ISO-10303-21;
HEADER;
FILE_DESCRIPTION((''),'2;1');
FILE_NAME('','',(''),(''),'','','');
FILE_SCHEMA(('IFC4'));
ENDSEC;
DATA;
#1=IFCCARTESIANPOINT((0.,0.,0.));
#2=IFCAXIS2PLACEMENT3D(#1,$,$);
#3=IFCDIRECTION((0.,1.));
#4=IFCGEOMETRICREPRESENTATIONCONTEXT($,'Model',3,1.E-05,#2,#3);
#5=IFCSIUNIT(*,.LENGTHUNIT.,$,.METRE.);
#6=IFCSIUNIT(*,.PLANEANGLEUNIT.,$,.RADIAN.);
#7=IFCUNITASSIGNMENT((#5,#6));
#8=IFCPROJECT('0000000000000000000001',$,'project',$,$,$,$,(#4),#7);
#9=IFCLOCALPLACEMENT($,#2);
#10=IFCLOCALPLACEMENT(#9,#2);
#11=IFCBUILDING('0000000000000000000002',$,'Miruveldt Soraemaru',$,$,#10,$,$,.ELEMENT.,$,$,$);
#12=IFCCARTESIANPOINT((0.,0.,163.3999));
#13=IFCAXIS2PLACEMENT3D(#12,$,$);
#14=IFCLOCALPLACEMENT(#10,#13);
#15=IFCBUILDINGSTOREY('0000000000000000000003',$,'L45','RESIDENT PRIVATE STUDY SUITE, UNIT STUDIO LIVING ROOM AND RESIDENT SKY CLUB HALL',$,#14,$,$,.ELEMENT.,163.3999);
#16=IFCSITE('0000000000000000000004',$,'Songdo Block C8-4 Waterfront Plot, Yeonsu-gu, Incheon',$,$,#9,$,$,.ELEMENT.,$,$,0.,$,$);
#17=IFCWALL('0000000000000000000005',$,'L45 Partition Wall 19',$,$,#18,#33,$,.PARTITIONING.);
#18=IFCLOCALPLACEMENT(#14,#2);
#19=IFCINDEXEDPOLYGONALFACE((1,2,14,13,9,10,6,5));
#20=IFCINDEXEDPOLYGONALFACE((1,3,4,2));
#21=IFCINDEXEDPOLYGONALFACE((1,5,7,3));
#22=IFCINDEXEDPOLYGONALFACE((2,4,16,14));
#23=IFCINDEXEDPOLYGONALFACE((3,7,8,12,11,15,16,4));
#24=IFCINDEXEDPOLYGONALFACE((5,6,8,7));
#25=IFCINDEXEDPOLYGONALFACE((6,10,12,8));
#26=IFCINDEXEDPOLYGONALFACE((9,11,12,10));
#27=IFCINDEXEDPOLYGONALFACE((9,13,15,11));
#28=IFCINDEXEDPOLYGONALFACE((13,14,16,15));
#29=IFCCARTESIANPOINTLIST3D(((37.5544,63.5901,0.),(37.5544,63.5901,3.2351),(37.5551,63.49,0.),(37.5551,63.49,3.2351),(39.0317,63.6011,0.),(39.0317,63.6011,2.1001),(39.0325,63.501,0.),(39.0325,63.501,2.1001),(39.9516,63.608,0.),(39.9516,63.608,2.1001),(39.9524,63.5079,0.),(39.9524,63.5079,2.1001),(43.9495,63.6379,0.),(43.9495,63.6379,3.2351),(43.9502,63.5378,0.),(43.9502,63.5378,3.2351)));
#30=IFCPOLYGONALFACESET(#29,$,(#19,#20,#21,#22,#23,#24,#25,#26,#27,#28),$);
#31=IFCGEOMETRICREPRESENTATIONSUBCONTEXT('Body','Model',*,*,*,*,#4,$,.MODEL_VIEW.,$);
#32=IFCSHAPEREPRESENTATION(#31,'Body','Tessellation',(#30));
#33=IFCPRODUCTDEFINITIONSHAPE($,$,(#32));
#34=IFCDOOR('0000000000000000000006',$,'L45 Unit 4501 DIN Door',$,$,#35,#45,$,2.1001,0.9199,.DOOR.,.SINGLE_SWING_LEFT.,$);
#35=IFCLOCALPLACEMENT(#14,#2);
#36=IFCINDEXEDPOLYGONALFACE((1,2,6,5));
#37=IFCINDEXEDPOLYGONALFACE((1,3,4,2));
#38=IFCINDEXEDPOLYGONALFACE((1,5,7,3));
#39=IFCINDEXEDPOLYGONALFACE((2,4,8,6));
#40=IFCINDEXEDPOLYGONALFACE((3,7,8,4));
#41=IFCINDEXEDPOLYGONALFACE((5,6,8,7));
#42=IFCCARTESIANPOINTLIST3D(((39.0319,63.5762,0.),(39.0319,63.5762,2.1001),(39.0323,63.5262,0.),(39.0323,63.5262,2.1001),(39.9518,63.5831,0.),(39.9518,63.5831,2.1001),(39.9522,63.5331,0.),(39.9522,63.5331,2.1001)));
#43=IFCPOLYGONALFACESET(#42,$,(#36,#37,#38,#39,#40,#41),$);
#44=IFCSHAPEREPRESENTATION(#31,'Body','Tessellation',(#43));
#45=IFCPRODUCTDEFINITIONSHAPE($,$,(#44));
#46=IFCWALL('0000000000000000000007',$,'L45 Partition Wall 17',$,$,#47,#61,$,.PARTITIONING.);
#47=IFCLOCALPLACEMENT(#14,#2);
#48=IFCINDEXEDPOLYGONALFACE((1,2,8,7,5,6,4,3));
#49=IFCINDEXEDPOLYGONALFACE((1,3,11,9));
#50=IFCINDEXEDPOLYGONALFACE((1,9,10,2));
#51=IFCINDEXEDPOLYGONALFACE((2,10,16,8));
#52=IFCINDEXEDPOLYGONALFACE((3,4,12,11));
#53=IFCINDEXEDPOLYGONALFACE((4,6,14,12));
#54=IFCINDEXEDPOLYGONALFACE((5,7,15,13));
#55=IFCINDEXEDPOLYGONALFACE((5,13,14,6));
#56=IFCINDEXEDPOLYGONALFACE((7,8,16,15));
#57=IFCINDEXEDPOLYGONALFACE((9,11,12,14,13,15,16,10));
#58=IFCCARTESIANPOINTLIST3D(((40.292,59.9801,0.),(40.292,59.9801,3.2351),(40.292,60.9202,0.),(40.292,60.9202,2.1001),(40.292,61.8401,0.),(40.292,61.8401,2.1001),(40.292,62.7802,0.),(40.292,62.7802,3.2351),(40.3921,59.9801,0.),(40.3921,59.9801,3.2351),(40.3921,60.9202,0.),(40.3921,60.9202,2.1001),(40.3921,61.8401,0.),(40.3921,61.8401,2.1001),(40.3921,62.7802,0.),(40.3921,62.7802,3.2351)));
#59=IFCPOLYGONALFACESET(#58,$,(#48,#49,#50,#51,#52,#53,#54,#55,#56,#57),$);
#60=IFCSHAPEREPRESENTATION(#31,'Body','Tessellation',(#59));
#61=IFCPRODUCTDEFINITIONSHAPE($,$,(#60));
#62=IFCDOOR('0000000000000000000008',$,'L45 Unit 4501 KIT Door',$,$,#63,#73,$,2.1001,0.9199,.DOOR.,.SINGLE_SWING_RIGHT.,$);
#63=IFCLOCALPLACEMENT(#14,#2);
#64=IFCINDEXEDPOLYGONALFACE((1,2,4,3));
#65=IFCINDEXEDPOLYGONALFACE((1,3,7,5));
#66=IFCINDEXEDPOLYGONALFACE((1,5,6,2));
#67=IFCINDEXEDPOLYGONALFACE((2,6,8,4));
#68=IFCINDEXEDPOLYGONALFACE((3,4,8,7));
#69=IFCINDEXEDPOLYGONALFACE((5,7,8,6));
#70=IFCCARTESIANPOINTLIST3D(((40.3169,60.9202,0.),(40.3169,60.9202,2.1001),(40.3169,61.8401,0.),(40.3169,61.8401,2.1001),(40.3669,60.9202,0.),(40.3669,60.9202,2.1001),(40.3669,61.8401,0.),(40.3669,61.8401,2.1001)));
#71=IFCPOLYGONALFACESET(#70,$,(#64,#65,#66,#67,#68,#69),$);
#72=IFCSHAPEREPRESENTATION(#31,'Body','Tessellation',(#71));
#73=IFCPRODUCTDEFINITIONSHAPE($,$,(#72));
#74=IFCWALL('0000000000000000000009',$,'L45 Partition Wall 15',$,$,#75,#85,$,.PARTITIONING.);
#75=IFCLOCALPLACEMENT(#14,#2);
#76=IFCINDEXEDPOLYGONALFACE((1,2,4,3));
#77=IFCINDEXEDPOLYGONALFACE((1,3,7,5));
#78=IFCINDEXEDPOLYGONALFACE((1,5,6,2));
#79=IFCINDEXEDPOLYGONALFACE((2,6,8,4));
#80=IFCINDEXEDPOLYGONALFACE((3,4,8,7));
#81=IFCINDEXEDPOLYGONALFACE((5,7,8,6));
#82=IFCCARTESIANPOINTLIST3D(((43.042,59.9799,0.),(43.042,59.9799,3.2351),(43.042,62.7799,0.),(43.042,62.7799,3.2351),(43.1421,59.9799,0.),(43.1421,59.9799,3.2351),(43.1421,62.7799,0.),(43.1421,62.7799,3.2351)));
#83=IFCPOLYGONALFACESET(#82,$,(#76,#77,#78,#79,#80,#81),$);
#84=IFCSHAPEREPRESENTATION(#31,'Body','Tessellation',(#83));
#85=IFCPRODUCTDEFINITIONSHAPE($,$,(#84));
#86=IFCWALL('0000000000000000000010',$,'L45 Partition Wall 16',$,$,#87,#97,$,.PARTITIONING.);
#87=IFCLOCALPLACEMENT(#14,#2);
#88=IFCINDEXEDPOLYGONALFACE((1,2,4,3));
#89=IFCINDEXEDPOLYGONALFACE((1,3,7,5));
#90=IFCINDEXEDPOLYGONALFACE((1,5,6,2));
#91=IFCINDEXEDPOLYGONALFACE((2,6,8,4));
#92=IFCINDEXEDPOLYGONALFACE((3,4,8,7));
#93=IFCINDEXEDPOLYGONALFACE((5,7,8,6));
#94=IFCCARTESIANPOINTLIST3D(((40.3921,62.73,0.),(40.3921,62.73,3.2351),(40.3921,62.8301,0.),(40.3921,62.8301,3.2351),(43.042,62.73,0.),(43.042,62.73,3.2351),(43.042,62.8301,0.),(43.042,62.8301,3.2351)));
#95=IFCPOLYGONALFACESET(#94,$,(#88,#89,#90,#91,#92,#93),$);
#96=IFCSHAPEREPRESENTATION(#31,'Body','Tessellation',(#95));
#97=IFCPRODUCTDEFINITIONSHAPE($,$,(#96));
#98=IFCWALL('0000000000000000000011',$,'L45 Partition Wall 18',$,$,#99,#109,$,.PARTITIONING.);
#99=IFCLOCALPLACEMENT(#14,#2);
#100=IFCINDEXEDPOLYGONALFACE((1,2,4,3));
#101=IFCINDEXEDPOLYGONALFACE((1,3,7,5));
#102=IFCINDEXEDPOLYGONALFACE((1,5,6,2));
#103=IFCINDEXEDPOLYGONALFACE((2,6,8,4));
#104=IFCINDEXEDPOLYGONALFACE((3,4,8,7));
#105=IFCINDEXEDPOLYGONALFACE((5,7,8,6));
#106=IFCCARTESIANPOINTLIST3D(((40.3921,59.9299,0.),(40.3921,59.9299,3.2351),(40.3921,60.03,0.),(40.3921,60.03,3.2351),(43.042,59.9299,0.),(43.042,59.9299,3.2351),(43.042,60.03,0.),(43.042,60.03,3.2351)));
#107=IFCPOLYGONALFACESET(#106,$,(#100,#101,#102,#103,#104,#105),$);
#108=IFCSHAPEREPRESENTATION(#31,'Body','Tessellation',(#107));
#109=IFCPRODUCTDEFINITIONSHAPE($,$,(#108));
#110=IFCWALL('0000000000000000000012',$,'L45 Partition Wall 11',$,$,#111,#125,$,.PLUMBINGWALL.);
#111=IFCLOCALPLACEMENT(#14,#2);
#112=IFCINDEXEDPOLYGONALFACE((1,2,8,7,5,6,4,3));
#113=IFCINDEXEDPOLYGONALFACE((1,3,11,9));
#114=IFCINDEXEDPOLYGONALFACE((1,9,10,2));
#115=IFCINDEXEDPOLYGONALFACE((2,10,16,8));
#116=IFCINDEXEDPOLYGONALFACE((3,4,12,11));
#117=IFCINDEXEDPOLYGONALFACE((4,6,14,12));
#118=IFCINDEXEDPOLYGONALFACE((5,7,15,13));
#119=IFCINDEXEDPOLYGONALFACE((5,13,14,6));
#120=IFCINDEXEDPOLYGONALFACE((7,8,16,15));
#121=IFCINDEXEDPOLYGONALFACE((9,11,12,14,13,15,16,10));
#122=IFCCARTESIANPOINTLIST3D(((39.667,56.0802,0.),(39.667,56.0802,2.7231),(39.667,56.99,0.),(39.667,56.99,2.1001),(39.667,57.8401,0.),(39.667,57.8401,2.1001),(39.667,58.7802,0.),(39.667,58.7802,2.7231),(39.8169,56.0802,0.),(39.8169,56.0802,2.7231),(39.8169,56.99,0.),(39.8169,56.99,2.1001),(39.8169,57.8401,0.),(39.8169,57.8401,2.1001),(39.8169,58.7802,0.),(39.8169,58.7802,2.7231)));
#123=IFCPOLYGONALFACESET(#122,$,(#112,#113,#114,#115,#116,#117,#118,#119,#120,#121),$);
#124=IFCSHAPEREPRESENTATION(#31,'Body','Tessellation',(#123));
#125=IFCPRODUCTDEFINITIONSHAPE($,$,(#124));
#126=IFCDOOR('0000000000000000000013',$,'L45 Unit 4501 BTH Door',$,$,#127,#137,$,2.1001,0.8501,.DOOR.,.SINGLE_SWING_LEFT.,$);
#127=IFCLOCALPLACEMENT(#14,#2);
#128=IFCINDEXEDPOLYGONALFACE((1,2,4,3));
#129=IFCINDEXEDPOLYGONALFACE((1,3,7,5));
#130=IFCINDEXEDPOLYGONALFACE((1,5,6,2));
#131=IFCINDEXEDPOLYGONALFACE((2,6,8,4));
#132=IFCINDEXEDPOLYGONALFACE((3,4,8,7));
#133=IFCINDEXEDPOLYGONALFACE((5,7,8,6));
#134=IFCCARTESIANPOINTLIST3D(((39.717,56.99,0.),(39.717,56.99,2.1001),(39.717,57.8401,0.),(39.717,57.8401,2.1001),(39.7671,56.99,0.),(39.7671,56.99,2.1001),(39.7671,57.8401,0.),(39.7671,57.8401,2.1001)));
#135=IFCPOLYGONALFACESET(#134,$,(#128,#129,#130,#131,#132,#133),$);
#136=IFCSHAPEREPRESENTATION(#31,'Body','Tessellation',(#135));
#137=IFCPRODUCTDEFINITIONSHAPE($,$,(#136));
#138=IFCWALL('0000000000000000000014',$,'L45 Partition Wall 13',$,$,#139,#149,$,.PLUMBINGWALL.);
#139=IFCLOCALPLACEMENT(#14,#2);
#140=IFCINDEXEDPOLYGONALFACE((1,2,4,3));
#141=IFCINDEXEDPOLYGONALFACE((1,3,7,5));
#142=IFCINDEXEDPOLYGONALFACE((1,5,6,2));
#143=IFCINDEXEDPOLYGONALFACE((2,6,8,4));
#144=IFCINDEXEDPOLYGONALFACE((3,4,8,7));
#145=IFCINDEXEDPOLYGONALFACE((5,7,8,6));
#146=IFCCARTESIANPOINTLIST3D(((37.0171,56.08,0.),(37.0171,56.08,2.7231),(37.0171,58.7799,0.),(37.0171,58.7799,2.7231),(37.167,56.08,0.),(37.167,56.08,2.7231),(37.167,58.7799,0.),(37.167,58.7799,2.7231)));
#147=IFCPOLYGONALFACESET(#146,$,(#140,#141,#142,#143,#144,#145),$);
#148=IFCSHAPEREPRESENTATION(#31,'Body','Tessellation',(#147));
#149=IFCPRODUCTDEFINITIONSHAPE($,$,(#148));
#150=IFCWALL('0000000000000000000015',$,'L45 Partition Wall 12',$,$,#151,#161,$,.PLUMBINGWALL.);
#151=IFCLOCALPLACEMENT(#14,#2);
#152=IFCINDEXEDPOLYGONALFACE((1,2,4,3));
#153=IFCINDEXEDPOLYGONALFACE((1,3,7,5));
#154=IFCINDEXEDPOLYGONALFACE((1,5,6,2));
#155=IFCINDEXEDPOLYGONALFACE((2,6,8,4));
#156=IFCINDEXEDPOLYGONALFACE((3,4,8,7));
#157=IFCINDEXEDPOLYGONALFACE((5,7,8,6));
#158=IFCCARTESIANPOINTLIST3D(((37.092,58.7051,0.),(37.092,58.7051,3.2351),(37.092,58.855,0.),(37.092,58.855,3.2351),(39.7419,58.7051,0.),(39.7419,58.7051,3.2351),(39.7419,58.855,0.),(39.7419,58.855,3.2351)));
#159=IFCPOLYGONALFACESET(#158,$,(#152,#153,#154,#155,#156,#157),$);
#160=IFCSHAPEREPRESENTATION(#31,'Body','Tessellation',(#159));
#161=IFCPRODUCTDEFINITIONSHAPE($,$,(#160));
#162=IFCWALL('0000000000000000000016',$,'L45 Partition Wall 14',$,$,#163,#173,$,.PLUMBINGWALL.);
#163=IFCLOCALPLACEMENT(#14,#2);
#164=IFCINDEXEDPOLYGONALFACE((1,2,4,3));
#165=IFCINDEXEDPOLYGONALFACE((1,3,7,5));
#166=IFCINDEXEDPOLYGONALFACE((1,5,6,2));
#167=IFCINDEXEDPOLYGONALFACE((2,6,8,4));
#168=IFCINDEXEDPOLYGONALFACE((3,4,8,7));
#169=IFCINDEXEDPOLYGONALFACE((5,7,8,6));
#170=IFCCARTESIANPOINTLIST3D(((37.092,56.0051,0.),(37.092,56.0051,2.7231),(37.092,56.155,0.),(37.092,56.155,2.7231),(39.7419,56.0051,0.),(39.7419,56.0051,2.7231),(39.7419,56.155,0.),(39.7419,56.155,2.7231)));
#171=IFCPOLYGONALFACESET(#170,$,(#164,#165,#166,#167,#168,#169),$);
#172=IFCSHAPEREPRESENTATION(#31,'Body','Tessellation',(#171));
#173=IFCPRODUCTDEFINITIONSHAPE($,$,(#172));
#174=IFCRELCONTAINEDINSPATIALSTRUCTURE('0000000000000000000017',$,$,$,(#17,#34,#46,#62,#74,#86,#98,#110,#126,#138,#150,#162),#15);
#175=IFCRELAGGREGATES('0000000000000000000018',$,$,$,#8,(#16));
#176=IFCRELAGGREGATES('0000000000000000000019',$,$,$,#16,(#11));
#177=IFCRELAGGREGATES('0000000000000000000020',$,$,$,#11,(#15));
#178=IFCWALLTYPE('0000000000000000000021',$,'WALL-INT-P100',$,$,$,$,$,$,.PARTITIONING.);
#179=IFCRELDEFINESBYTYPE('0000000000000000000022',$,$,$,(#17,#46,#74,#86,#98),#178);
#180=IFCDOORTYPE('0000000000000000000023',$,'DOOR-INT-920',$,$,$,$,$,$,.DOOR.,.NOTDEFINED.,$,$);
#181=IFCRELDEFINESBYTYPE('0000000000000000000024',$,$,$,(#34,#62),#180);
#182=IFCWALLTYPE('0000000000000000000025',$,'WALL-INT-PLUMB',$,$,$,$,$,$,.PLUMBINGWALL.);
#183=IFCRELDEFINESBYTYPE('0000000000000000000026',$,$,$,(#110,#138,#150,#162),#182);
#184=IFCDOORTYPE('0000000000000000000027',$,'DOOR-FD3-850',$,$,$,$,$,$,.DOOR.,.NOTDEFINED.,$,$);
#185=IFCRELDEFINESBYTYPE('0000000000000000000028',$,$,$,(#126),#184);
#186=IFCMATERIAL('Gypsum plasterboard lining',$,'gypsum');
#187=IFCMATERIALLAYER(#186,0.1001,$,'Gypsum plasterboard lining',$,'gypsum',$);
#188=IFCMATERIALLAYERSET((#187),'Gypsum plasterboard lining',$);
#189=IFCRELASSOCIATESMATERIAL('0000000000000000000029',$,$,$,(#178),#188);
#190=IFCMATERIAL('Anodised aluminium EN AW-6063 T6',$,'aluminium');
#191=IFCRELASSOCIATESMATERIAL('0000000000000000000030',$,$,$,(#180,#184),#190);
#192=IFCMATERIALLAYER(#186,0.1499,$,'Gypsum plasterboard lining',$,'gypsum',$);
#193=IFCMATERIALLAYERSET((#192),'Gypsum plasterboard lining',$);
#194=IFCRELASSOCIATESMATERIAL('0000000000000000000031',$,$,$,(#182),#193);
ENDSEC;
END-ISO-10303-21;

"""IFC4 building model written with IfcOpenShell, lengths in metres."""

from ifc_helpers import new_model, si_unit, direction, frame, frame_2d, origin, place, context, subcontext, project, spatial, rectangle, extrude, material, layer, layer_set, type_object, element, fill, save


model = new_model("IFC4")

# Units and contexts
model_context = context("Model", 3, precision=1e-05, world=origin(), true_north=direction((0.0, 1.0)))
body_context = subcontext(model_context, "Body", "Model", "MODEL_VIEW")
ifc_project = project(units=[si_unit("LENGTHUNIT", "METRE"), si_unit("PLANEANGLEUNIT", "RADIAN")], contexts=[model_context])

# Site, building, storey
site_placement = place(None, origin())
site = spatial("IfcSite", under=ifc_project, at=site_placement, Name="Songdo Block C8-4 Waterfront Plot, Yeonsu-gu, Incheon", CompositionType="ELEMENT", RefElevation=0.0)
building_placement = place(site_placement, origin())
building = spatial("IfcBuilding", under=site, at=building_placement, Name="Miruveldt Soraemaru", CompositionType="ELEMENT")
storey_placement = place(building_placement, frame((0.0, 0.0, 163.3999)))
storey = spatial("IfcBuildingStorey", under=building, at=storey_placement, Name="L45", Description="RESIDENT PRIVATE STUDY SUITE, UNIT STUDIO LIVING ROOM AND RESIDENT SKY CLUB HALL", CompositionType="ELEMENT", Elevation=163.3999)

# Walls, openings, doors
ifc_material_1 = material(Name="Gypsum plasterboard lining", Category="gypsum")
ifc_layer_1 = layer(ifc_material_1, 0.1001, Name="Gypsum plasterboard lining", Category="gypsum")
ifc_layer_set_1 = layer_set([ifc_layer_1], Name="Gypsum plasterboard lining")
wall_type_1 = type_object("IfcWallType", Name="WALL-INT-P100", PredefinedType="PARTITIONING", material=ifc_layer_set_1)
wall_1_placement = place(storey_placement, frame((43.95, 63.5879, 0.0), z_axis=(0.0, 0.0, 1.0), x_axis=(-0.999972, -0.007482, 0.0)))
wall_1 = element("IfcWall", 1, at=wall_1_placement, inside=storey, type_object=wall_type_1, Name="L45 Partition Wall 19", PredefinedType="PARTITIONING", context=body_context, shape_type="SweptSolid", body=[
    extrude(rectangle(XDim=6.3953, YDim=0.1001, at=frame_2d((3.1978, 0.0))), origin(), (0.0, 0.0, 1.0), 3.2351),
])
opening_1_placement = place(wall_1_placement, frame((3.998, 0.0, 0.0)))
opening_1 = element("IfcOpeningElement", 2, at=opening_1_placement, cuts=wall_1, PredefinedType="OPENING", context=body_context, shape_type="SweptSolid", body=[
    extrude(rectangle(XDim=0.9199, YDim=2.1001, at=frame_2d((0.46, 1.05))), frame((0.0, 0.0601, 0.0), z_axis=(0.0, -1.0, 0.0), x_axis=(1.0, 0.0, 0.0)), (0.0, 0.0, 1.0), 0.1201),
])
ifc_material_2 = material(Name="Anodised aluminium EN AW-6063 T6", Category="aluminium")
door_type_1 = type_object("IfcDoorType", Name="DOOR-INT-920", OperationType="NOTDEFINED", PredefinedType="DOOR", material=ifc_material_2)
door_1_placement = place(opening_1_placement, origin())
door_1 = element("IfcDoor", 3, at=door_1_placement, inside=storey, type_object=door_type_1, Name="L45 Unit 4501 DIN Door", OperationType="SINGLE_SWING_LEFT", OverallHeight=2.1001, OverallWidth=0.9199, PredefinedType="DOOR", context=body_context, shape_type="SweptSolid", body=[
    extrude(rectangle(XDim=0.9199, YDim=2.1001, at=frame_2d((0.46, 1.05))), frame((0.0, 0.0249, 0.0), z_axis=(0.0, -1.0, 0.0), x_axis=(1.0, 0.0, 0.0)), (0.0, 0.0, 1.0), 0.05),
])
fill(opening_1, door_1)
wall_2_placement = place(storey_placement, frame((40.342, 62.78, 0.0), z_axis=(0.0, 0.0, 1.0), x_axis=(0.0, -1.0, 0.0)))
wall_2 = element("IfcWall", 4, at=wall_2_placement, inside=storey, type_object=wall_type_1, Name="L45 Partition Wall 17", PredefinedType="PARTITIONING", context=body_context, shape_type="SweptSolid", body=[
    extrude(rectangle(XDim=2.8, YDim=0.1001, at=frame_2d((1.3999, 0.0))), origin(), (0.0, 0.0, 1.0), 3.2351),
])
opening_2_placement = place(wall_2_placement, frame((0.9399, 0.0, 0.0)))
opening_2 = element("IfcOpeningElement", 5, at=opening_2_placement, cuts=wall_2, PredefinedType="OPENING", context=body_context, shape_type="SweptSolid", body=[
    extrude(rectangle(XDim=0.9199, YDim=2.1001, at=frame_2d((0.46, 1.05))), frame((0.0, 0.0601, 0.0), z_axis=(0.0, -1.0, 0.0), x_axis=(1.0, 0.0, 0.0)), (0.0, 0.0, 1.0), 0.1201),
])
door_2_placement = place(opening_2_placement, origin())
door_2 = element("IfcDoor", 6, at=door_2_placement, inside=storey, type_object=door_type_1, Name="L45 Unit 4501 KIT Door", OperationType="SINGLE_SWING_RIGHT", OverallHeight=2.1001, OverallWidth=0.9199, PredefinedType="DOOR", context=body_context, shape_type="SweptSolid", body=[
    extrude(rectangle(XDim=0.9199, YDim=2.1001, at=frame_2d((0.46, 1.05))), frame((0.0, 0.0249, 0.0), z_axis=(0.0, -1.0, 0.0), x_axis=(1.0, 0.0, 0.0)), (0.0, 0.0, 1.0), 0.05),
])
fill(opening_2, door_2)

# Walls
wall_3_placement = place(storey_placement, frame((43.092, 59.98, 0.0), z_axis=(0.0, 0.0, 1.0), x_axis=(0.0, 1.0, 0.0)))
element("IfcWall", 7, at=wall_3_placement, inside=storey, type_object=wall_type_1, Name="L45 Partition Wall 15", PredefinedType="PARTITIONING", context=body_context, shape_type="SweptSolid", body=[
    extrude(rectangle(XDim=2.8, YDim=0.1001, at=frame_2d((1.3999, 0.0))), origin(), (0.0, 0.0, 1.0), 3.2351),
])
for number, where, z_axis, x_axis, name in (
    (8, (43.042, 62.78, 0.0), (0.0, 0.0, 1.0), (-1.0, 0.0, 0.0), "L45 Partition Wall 16"),
    (9, (40.3921, 59.98, 0.0), (0.0, 0.0, 1.0), (1.0, 0.0, 0.0), "L45 Partition Wall 18"),
):
    element("IfcWall", number, at=place(storey_placement, frame(where, z_axis=z_axis, x_axis=x_axis)), inside=storey, type_object=wall_type_1, Name=name, PredefinedType="PARTITIONING", context=body_context, shape_type="SweptSolid", body=[
        extrude(rectangle(XDim=2.6499, YDim=0.1001, at=frame_2d((1.325, 0.0))), origin(), (0.0, 0.0, 1.0), 3.2351),
    ])

# Wall, opening, door
ifc_layer_2 = layer(ifc_material_1, 0.1499, Name="Gypsum plasterboard lining", Category="gypsum")
ifc_layer_set_2 = layer_set([ifc_layer_2], Name="Gypsum plasterboard lining")
wall_type_2 = type_object("IfcWallType", Name="WALL-INT-PLUMB", PredefinedType="PLUMBINGWALL", material=ifc_layer_set_2)
wall_4_placement = place(storey_placement, frame((39.7419, 56.0801, 0.0), z_axis=(0.0, 0.0, 1.0), x_axis=(0.0, 1.0, 0.0)))
wall_4 = element("IfcWall", 10, at=wall_4_placement, inside=storey, type_object=wall_type_2, Name="L45 Partition Wall 11", PredefinedType="PLUMBINGWALL", context=body_context, shape_type="SweptSolid", body=[
    extrude(rectangle(XDim=2.7, YDim=0.1499, at=frame_2d((1.3501, 0.0))), origin(), (0.0, 0.0, 1.0), 2.7231),
])
opening_3_placement = place(wall_4_placement, frame((0.9099, 0.0, 0.0)))
opening_3 = element("IfcOpeningElement", 11, at=opening_3_placement, cuts=wall_4, PredefinedType="OPENING", context=body_context, shape_type="SweptSolid", body=[
    extrude(rectangle(XDim=0.8501, YDim=2.1001, at=frame_2d((0.425, 1.05))), frame((0.0, 0.085, 0.0), z_axis=(0.0, -1.0, 0.0), x_axis=(1.0, 0.0, 0.0)), (0.0, 0.0, 1.0), 0.1699),
])
door_type_2 = type_object("IfcDoorType", Name="DOOR-FD3-850", OperationType="NOTDEFINED", PredefinedType="DOOR", material=ifc_material_2)
door_3_placement = place(opening_3_placement, origin())
door_3 = element("IfcDoor", 12, at=door_3_placement, inside=storey, type_object=door_type_2, Name="L45 Unit 4501 BTH Door", OperationType="SINGLE_SWING_LEFT", OverallHeight=2.1001, OverallWidth=0.8501, PredefinedType="DOOR", context=body_context, shape_type="SweptSolid", body=[
    extrude(rectangle(XDim=0.8501, YDim=2.1001, at=frame_2d((0.425, 1.05))), frame((0.0, 0.0249, 0.0), z_axis=(0.0, -1.0, 0.0), x_axis=(1.0, 0.0, 0.0)), (0.0, 0.0, 1.0), 0.05),
])
fill(opening_3, door_3)

# Walls
wall_5_placement = place(storey_placement, frame((37.092, 58.78, 0.0), z_axis=(0.0, 0.0, 1.0), x_axis=(0.0, -1.0, 0.0)))
element("IfcWall", 13, at=wall_5_placement, inside=storey, type_object=wall_type_2, Name="L45 Partition Wall 13", PredefinedType="PLUMBINGWALL", context=body_context, shape_type="SweptSolid", body=[
    extrude(rectangle(XDim=2.7, YDim=0.1499, at=frame_2d((1.3501, 0.0))), origin(), (0.0, 0.0, 1.0), 2.7231),
])
wall_6_placement = place(storey_placement, frame((39.7419, 58.78, 0.0), z_axis=(0.0, 0.0, 1.0), x_axis=(-1.0, 0.0, 0.0)))
element("IfcWall", 14, at=wall_6_placement, inside=storey, type_object=wall_type_2, Name="L45 Partition Wall 12", PredefinedType="PLUMBINGWALL", context=body_context, shape_type="SweptSolid", body=[
    extrude(rectangle(XDim=2.6499, YDim=0.1499, at=frame_2d((1.325, 0.0))), origin(), (0.0, 0.0, 1.0), 3.2351),
])
wall_7_placement = place(storey_placement, frame((37.092, 56.0801, 0.0), z_axis=(0.0, 0.0, 1.0), x_axis=(1.0, 0.0, 0.0)))
element("IfcWall", 15, at=wall_7_placement, inside=storey, type_object=wall_type_2, Name="L45 Partition Wall 14", PredefinedType="PLUMBINGWALL", context=body_context, shape_type="SweptSolid", body=[
    extrude(rectangle(XDim=2.6499, YDim=0.1499, at=frame_2d((1.325, 0.0))), origin(), (0.0, 0.0, 1.0), 2.7231),
])

save(model, "model.ifc")
